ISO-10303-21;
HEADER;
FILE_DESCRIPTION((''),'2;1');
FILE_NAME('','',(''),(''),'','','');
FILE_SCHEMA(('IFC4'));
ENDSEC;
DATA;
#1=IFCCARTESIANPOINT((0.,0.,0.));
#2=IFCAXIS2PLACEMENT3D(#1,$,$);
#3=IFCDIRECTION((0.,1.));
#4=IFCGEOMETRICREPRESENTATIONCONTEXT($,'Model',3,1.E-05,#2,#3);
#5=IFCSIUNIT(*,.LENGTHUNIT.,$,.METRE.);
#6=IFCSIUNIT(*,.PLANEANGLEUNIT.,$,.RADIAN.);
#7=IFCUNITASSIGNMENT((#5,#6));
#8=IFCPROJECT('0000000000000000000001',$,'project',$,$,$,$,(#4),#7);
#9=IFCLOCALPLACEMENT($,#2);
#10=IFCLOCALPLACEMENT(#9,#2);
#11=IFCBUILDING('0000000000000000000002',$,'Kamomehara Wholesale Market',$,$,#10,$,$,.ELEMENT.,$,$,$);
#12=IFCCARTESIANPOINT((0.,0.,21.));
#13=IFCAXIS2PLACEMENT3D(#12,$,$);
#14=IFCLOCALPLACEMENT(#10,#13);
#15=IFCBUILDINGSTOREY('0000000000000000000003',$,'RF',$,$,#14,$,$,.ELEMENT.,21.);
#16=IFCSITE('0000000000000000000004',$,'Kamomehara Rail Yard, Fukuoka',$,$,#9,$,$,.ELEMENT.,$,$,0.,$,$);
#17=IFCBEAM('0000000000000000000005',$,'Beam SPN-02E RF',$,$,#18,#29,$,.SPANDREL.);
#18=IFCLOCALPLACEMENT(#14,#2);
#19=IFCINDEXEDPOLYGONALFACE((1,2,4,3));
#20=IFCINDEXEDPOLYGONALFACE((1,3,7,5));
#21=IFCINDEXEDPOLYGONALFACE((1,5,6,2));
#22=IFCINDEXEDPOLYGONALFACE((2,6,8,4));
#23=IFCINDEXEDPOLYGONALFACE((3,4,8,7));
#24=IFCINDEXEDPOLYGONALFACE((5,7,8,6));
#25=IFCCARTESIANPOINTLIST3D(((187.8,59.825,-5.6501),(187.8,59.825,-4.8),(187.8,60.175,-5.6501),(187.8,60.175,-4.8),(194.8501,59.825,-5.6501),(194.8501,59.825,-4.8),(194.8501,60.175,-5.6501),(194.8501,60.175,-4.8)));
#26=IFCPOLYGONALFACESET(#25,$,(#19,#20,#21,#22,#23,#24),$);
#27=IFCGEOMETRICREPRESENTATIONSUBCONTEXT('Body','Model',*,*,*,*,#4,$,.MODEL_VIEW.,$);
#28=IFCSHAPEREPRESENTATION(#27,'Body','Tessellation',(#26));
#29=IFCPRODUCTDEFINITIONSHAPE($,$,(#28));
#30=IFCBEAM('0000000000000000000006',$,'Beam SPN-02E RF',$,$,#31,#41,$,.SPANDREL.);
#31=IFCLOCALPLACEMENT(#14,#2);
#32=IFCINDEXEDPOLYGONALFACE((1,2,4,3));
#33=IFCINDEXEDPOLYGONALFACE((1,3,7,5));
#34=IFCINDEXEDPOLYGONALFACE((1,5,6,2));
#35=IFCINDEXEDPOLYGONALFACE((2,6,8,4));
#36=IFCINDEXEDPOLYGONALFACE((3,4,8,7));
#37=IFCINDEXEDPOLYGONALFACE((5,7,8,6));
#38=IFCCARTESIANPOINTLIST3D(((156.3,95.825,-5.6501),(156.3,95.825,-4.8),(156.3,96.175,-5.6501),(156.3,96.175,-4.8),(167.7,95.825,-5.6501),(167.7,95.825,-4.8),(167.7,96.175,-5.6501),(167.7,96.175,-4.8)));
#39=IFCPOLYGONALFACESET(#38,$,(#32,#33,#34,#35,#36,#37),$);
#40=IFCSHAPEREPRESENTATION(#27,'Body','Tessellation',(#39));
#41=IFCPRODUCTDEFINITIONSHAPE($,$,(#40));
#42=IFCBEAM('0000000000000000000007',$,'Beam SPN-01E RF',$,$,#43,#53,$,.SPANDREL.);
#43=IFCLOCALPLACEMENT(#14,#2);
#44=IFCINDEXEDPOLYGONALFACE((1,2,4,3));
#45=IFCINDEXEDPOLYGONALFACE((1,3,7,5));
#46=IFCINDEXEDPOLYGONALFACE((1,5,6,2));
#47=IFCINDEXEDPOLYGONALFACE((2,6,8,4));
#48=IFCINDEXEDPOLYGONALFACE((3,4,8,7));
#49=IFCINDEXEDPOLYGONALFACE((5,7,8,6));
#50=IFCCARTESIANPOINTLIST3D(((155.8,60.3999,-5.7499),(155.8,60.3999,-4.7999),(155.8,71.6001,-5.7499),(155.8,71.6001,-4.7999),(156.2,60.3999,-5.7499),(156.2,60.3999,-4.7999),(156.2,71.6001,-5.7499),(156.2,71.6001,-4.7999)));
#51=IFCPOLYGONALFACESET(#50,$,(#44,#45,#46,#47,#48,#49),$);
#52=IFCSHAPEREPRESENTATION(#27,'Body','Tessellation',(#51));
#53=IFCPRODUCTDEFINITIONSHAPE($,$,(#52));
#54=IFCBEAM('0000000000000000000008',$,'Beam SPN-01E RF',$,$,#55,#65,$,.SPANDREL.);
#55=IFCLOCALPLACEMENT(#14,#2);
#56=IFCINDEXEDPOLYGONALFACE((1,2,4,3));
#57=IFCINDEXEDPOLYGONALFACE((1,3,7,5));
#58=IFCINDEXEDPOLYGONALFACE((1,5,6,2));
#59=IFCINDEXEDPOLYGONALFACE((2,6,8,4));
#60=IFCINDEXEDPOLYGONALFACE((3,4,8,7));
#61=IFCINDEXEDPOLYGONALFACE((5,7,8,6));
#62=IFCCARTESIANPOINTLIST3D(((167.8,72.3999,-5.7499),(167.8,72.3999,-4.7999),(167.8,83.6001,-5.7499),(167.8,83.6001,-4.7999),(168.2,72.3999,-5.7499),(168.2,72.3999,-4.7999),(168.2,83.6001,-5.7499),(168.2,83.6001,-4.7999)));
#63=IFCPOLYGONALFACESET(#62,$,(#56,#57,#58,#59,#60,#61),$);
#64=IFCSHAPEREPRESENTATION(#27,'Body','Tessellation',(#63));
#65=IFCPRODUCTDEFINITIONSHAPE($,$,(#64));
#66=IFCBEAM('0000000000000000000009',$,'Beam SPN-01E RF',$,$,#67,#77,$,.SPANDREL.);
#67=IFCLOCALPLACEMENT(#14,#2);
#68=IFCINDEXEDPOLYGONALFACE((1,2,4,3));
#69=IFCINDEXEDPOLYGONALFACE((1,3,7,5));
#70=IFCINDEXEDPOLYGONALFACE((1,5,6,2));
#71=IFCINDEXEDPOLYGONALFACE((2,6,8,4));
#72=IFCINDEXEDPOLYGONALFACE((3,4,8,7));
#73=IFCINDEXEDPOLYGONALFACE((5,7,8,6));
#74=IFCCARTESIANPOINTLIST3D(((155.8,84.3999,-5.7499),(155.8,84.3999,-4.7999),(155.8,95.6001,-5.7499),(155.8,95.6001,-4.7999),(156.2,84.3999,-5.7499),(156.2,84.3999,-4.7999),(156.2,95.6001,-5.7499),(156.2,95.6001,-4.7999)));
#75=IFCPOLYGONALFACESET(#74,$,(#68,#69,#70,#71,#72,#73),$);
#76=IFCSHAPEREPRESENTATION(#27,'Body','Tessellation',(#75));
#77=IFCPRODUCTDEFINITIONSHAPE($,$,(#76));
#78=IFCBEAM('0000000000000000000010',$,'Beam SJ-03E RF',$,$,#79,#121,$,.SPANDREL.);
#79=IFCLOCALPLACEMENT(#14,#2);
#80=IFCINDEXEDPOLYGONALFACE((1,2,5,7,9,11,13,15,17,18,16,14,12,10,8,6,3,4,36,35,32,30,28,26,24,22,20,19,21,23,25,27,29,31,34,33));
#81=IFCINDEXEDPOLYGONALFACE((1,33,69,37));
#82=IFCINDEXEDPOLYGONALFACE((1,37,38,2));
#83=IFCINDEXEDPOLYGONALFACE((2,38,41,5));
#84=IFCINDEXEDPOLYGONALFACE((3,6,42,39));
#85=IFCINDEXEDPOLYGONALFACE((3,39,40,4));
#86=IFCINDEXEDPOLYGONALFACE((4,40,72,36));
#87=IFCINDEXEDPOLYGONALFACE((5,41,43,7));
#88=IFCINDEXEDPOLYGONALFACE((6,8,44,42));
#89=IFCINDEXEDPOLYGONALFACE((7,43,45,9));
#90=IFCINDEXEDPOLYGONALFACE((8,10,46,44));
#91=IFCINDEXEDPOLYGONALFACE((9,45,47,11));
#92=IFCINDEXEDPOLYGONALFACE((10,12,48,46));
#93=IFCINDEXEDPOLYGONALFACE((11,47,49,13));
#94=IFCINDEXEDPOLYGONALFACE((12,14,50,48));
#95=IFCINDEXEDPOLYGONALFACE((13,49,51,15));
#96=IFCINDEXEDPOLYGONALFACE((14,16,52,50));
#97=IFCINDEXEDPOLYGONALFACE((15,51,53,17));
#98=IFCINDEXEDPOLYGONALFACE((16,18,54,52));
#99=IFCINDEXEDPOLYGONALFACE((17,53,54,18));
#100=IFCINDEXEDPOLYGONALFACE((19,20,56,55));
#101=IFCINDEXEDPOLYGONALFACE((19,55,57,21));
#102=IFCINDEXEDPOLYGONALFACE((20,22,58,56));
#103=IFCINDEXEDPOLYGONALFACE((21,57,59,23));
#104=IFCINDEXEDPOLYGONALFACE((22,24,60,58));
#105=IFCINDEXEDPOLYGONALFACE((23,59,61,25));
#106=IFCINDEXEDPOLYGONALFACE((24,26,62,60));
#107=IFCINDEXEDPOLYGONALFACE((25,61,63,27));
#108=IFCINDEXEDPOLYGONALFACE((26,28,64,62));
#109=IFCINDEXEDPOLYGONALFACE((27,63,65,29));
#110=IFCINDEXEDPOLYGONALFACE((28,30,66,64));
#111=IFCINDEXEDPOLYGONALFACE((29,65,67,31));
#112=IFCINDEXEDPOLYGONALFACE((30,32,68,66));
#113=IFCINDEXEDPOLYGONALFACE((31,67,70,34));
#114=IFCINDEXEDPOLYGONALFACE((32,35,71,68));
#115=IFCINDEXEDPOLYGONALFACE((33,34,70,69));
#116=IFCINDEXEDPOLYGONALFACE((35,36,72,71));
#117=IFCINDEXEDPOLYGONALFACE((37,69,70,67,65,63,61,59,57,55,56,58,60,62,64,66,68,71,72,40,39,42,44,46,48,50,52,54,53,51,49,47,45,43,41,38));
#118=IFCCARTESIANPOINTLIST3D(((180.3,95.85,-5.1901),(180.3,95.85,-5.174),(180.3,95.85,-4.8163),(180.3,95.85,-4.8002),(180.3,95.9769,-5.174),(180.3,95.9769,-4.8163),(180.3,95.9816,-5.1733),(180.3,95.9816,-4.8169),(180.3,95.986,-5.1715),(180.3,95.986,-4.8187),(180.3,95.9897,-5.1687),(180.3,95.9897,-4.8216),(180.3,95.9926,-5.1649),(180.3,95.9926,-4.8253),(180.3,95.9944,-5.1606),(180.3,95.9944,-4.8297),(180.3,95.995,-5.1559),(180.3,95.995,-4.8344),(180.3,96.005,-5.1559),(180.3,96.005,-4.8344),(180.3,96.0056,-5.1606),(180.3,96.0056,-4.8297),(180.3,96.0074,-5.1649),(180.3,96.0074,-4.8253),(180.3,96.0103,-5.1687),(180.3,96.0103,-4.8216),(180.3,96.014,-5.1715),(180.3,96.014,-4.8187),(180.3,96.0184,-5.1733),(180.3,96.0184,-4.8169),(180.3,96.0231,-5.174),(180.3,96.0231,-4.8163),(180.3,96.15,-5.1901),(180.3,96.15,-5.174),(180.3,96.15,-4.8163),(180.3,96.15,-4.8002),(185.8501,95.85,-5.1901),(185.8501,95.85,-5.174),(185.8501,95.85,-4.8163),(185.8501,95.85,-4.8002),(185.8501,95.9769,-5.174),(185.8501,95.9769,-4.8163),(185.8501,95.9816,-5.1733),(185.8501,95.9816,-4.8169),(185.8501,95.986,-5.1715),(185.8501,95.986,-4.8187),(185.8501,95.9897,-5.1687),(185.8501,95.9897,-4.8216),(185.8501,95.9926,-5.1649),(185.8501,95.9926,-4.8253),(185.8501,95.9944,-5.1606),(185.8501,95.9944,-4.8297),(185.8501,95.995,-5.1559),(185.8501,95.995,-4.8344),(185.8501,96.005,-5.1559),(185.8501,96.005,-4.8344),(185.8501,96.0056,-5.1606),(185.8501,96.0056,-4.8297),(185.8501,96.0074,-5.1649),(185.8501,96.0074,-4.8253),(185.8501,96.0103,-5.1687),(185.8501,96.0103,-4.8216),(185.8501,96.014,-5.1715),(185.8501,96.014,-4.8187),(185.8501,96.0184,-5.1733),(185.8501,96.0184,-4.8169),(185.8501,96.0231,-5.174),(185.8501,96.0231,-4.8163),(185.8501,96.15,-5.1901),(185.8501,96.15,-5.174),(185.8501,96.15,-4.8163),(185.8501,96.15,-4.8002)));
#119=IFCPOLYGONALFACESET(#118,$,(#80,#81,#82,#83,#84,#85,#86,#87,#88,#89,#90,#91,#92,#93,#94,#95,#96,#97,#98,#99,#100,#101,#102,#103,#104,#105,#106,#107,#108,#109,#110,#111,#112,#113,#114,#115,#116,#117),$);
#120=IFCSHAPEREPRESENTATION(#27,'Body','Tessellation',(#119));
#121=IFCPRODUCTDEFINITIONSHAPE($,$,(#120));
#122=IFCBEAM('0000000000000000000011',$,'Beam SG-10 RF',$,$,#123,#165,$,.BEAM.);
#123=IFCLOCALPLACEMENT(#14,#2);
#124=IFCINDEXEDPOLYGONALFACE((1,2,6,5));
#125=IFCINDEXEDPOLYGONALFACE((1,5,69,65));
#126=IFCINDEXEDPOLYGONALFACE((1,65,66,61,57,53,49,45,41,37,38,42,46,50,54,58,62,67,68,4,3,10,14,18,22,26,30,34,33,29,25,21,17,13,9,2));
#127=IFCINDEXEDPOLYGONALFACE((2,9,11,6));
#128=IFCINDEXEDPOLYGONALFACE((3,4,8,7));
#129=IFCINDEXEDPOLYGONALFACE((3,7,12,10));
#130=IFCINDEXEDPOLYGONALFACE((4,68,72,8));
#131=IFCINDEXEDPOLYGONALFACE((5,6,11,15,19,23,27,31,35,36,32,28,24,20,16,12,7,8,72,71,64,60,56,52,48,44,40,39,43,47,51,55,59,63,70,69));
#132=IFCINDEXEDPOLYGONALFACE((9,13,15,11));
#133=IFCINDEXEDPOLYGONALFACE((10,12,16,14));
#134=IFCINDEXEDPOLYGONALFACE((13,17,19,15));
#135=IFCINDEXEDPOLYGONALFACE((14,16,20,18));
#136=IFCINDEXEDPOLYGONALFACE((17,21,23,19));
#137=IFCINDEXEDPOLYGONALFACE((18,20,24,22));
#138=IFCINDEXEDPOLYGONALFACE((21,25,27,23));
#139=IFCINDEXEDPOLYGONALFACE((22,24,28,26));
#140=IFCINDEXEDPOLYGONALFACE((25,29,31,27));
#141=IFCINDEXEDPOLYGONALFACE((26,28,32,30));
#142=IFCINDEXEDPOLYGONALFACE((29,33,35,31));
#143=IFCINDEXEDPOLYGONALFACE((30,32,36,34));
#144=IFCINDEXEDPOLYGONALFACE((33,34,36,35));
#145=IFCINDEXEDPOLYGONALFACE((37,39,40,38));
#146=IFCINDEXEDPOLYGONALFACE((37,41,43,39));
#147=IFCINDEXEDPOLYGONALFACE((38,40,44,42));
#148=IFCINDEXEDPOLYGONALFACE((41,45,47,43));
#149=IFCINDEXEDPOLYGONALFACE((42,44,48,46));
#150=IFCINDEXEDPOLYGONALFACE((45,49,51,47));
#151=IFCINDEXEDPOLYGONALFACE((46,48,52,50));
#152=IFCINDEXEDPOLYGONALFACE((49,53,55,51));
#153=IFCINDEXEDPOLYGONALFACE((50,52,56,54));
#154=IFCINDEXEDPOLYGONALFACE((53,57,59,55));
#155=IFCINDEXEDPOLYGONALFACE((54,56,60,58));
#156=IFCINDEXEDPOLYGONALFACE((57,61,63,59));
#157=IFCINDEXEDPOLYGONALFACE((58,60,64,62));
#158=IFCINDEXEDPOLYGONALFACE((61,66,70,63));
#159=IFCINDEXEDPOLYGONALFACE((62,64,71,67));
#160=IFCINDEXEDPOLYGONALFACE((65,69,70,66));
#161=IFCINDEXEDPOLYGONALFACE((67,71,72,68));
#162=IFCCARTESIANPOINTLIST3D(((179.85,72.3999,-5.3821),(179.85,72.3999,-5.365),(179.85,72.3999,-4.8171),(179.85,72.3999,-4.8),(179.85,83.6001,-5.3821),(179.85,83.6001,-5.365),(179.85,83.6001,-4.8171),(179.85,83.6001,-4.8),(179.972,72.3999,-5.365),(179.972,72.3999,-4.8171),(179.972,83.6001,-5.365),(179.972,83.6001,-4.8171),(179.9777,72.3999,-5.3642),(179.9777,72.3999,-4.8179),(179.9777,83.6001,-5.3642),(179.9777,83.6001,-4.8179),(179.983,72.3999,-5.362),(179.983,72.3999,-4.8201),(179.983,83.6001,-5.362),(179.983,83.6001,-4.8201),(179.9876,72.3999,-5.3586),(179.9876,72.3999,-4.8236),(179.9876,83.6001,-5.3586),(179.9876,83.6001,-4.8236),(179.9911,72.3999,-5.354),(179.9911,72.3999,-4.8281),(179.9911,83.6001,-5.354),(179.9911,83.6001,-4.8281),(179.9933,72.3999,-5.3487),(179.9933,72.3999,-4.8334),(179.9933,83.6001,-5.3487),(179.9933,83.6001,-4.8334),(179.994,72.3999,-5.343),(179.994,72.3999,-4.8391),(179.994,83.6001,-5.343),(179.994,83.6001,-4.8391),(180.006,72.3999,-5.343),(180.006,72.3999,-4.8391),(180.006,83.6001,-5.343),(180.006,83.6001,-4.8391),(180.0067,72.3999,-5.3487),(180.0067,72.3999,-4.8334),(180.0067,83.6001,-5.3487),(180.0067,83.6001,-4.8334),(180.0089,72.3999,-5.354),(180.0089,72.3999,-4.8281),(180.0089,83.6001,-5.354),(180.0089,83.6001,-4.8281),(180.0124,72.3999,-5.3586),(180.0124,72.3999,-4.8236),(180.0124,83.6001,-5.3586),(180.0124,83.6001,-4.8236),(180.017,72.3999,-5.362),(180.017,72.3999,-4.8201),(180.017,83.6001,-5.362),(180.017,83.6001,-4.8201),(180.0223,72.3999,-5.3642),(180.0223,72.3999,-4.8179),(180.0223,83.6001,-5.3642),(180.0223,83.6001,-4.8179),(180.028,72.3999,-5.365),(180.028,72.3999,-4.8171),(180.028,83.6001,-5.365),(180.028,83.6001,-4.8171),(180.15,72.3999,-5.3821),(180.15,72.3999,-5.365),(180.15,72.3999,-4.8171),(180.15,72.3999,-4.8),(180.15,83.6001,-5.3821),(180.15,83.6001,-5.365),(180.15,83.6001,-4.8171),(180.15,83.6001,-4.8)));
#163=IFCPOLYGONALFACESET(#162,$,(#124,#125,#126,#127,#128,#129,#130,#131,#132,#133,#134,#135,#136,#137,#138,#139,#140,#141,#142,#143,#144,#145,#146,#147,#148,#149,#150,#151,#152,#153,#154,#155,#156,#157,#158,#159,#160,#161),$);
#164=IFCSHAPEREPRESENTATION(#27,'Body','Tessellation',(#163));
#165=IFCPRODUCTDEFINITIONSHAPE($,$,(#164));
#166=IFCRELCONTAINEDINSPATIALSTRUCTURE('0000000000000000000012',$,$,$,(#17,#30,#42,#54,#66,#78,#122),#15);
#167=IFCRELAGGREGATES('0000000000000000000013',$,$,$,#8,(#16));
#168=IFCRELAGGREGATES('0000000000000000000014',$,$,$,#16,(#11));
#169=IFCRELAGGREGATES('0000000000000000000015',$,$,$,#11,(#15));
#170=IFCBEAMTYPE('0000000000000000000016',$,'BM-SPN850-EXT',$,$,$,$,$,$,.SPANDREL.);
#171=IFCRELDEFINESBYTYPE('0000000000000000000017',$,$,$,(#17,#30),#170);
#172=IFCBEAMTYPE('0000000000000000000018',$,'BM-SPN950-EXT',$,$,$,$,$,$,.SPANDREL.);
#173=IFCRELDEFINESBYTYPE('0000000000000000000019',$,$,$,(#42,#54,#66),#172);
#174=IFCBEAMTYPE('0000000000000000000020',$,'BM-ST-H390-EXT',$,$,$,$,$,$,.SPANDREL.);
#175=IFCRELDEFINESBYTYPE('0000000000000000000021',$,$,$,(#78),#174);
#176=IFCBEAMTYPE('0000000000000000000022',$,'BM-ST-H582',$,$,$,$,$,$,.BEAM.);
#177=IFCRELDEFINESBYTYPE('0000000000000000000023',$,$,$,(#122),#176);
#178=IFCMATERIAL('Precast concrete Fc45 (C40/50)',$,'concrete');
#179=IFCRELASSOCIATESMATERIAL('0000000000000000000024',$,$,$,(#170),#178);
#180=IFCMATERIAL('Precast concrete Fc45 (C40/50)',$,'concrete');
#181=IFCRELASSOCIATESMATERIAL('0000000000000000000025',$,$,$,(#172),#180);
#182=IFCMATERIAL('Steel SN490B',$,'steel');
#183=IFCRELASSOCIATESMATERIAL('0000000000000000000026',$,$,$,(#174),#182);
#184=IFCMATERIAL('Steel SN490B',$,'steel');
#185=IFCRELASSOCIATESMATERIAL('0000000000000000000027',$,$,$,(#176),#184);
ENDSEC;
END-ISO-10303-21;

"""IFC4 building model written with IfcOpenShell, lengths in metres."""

from ifc_helpers import new_model, si_unit, direction, frame, origin, origin_2d, place, context, subcontext, project, spatial, rectangle, i_section, extrude, material, material_profile, profile_set, type_object, element, save


model = new_model("IFC4")

# Units and contexts
model_context = context("Model", 3, precision=1e-05, world=origin(), true_north=direction((0.0, 1.0)))
body_context = subcontext(model_context, "Body", "Model", "MODEL_VIEW")
ifc_project = project(units=[si_unit("LENGTHUNIT", "METRE"), si_unit("PLANEANGLEUNIT", "RADIAN")], contexts=[model_context])

# Site, building, storey
site_placement = place(None, origin())
site = spatial("IfcSite", under=ifc_project, at=site_placement, Name="Kamomehara Rail Yard, Fukuoka", CompositionType="ELEMENT", RefElevation=0.0)
building_placement = place(site_placement, origin())
building = spatial("IfcBuilding", under=site, at=building_placement, Name="Kamomehara Wholesale Market", CompositionType="ELEMENT")
storey_placement = place(building_placement, frame((0.0, 0.0, 21.0)))
storey = spatial("IfcBuildingStorey", under=building, at=storey_placement, Name="RF", CompositionType="ELEMENT", Elevation=21.0)

# Beams
ifc_material_1 = material(Name="Precast concrete Fc45 (C40/50)", Category="concrete")
ifc_material_profile_1 = material_profile(ifc_material_1, rectangle(XDim=0.3501, YDim=0.8501, at=origin_2d()), Name="PC-SPN-350x850")
ifc_profile_set_1 = profile_set([ifc_material_profile_1], Name="Precast concrete Fc45 (C40/50)")
beam_type_1 = type_object("IfcBeamType", Name="BM-SPN850-EXT", PredefinedType="SPANDREL", material=ifc_profile_set_1)
beam_1_placement = place(storey_placement, frame((187.8, 60.0, -5.2251), z_axis=(1.0, 0.0, 0.0), x_axis=(0.0, 1.0, 0.0)))
element("IfcBeam", 1, at=beam_1_placement, inside=storey, type_object=beam_type_1, Name="Beam SPN-02E RF", PredefinedType="SPANDREL", context=body_context, shape_type="SweptSolid", body=[
    extrude(rectangle(XDim=0.3501, YDim=0.8501, at=origin_2d()), origin(), (0.0, 0.0, 1.0), 7.05),
])
beam_2_placement = place(storey_placement, frame((156.3, 96.0, -5.2251), z_axis=(1.0, 0.0, 0.0), x_axis=(0.0, 1.0, 0.0)))
element("IfcBeam", 2, at=beam_2_placement, inside=storey, type_object=beam_type_1, Name="Beam SPN-02E RF", PredefinedType="SPANDREL", context=body_context, shape_type="SweptSolid", body=[
    extrude(rectangle(XDim=0.3501, YDim=0.8501, at=origin_2d()), origin(), (0.0, 0.0, 1.0), 11.3999),
])
ifc_material_2 = material(Name="Precast concrete Fc45 (C40/50)", Category="concrete")
ifc_material_profile_2 = material_profile(ifc_material_2, rectangle(XDim=0.3999, YDim=0.95, at=origin_2d()), Name="PC-SPN-400x950")
ifc_profile_set_2 = profile_set([ifc_material_profile_2], Name="Precast concrete Fc45 (C40/50)")
beam_type_2 = type_object("IfcBeamType", Name="BM-SPN950-EXT", PredefinedType="SPANDREL", material=ifc_profile_set_2)
for number, where, z_axis, x_axis, name in (
    (3, (156.0, 60.3999, -5.2749), (0.0, 1.0, 0.0), (-1.0, 0.0, 0.0), "Beam SPN-01E RF"),
    (4, (168.0, 72.3999, -5.2749), (0.0, 1.0, 0.0), (-1.0, 0.0, 0.0), "Beam SPN-01E RF"),
    (5, (156.0, 84.3999, -5.2749), (0.0, 1.0, 0.0), (-1.0, 0.0, 0.0), "Beam SPN-01E RF"),
):
    element("IfcBeam", number, at=place(storey_placement, frame(where, z_axis=z_axis, x_axis=x_axis)), inside=storey, type_object=beam_type_2, Name=name, PredefinedType="SPANDREL", context=body_context, shape_type="SweptSolid", body=[
        extrude(rectangle(XDim=0.3999, YDim=0.95, at=origin_2d()), origin(), (0.0, 0.0, 1.0), 11.2002),
    ])
ifc_material_3 = material(Name="Steel SN490B", Category="steel")
ifc_material_profile_3 = material_profile(ifc_material_3, i_section(OverallWidth=0.3, OverallDepth=0.3899, WebThickness=0.01, FlangeThickness=0.0161, FilletRadius=0.0181, at=origin_2d()), Name="H-390x300x10x16")
ifc_profile_set_3 = profile_set([ifc_material_profile_3], Name="Steel SN490B")
beam_type_3 = type_object("IfcBeamType", Name="BM-ST-H390-EXT", PredefinedType="SPANDREL", material=ifc_profile_set_3)
beam_3_placement = place(storey_placement, frame((180.3, 96.0, -4.9951), z_axis=(1.0, 0.0, 0.0), x_axis=(0.0, 1.0, 0.0)))
element("IfcBeam", 6, at=beam_3_placement, inside=storey, type_object=beam_type_3, Name="Beam SJ-03E RF", PredefinedType="SPANDREL", context=body_context, shape_type="SweptSolid", body=[
    extrude(i_section(OverallWidth=0.3, OverallDepth=0.3899, WebThickness=0.01, FlangeThickness=0.0161, FilletRadius=0.0181, at=origin_2d()), origin(), (0.0, 0.0, 1.0), 5.55),
])
ifc_material_4 = material(Name="Steel SN490B", Category="steel")
ifc_material_profile_4 = material_profile(ifc_material_4, i_section(OverallWidth=0.3, OverallDepth=0.582, WebThickness=0.012, FlangeThickness=0.0171, FilletRadius=0.022, at=origin_2d()), Name="H-582x300x12x17")
ifc_profile_set_4 = profile_set([ifc_material_profile_4], Name="Steel SN490B")
beam_type_4 = type_object("IfcBeamType", Name="BM-ST-H582", PredefinedType="BEAM", material=ifc_profile_set_4)
beam_4_placement = place(storey_placement, frame((180.0, 72.3999, -5.0911), z_axis=(0.0, 1.0, 0.0), x_axis=(-1.0, 0.0, 0.0)))
element("IfcBeam", 7, at=beam_4_placement, inside=storey, type_object=beam_type_4, Name="Beam SG-10 RF", PredefinedType="BEAM", context=body_context, shape_type="SweptSolid", body=[
    extrude(i_section(OverallWidth=0.3, OverallDepth=0.582, WebThickness=0.012, FlangeThickness=0.0171, FilletRadius=0.022, at=origin_2d()), origin(), (0.0, 0.0, 1.0), 11.2002),
])

save(model, "model.ifc")
